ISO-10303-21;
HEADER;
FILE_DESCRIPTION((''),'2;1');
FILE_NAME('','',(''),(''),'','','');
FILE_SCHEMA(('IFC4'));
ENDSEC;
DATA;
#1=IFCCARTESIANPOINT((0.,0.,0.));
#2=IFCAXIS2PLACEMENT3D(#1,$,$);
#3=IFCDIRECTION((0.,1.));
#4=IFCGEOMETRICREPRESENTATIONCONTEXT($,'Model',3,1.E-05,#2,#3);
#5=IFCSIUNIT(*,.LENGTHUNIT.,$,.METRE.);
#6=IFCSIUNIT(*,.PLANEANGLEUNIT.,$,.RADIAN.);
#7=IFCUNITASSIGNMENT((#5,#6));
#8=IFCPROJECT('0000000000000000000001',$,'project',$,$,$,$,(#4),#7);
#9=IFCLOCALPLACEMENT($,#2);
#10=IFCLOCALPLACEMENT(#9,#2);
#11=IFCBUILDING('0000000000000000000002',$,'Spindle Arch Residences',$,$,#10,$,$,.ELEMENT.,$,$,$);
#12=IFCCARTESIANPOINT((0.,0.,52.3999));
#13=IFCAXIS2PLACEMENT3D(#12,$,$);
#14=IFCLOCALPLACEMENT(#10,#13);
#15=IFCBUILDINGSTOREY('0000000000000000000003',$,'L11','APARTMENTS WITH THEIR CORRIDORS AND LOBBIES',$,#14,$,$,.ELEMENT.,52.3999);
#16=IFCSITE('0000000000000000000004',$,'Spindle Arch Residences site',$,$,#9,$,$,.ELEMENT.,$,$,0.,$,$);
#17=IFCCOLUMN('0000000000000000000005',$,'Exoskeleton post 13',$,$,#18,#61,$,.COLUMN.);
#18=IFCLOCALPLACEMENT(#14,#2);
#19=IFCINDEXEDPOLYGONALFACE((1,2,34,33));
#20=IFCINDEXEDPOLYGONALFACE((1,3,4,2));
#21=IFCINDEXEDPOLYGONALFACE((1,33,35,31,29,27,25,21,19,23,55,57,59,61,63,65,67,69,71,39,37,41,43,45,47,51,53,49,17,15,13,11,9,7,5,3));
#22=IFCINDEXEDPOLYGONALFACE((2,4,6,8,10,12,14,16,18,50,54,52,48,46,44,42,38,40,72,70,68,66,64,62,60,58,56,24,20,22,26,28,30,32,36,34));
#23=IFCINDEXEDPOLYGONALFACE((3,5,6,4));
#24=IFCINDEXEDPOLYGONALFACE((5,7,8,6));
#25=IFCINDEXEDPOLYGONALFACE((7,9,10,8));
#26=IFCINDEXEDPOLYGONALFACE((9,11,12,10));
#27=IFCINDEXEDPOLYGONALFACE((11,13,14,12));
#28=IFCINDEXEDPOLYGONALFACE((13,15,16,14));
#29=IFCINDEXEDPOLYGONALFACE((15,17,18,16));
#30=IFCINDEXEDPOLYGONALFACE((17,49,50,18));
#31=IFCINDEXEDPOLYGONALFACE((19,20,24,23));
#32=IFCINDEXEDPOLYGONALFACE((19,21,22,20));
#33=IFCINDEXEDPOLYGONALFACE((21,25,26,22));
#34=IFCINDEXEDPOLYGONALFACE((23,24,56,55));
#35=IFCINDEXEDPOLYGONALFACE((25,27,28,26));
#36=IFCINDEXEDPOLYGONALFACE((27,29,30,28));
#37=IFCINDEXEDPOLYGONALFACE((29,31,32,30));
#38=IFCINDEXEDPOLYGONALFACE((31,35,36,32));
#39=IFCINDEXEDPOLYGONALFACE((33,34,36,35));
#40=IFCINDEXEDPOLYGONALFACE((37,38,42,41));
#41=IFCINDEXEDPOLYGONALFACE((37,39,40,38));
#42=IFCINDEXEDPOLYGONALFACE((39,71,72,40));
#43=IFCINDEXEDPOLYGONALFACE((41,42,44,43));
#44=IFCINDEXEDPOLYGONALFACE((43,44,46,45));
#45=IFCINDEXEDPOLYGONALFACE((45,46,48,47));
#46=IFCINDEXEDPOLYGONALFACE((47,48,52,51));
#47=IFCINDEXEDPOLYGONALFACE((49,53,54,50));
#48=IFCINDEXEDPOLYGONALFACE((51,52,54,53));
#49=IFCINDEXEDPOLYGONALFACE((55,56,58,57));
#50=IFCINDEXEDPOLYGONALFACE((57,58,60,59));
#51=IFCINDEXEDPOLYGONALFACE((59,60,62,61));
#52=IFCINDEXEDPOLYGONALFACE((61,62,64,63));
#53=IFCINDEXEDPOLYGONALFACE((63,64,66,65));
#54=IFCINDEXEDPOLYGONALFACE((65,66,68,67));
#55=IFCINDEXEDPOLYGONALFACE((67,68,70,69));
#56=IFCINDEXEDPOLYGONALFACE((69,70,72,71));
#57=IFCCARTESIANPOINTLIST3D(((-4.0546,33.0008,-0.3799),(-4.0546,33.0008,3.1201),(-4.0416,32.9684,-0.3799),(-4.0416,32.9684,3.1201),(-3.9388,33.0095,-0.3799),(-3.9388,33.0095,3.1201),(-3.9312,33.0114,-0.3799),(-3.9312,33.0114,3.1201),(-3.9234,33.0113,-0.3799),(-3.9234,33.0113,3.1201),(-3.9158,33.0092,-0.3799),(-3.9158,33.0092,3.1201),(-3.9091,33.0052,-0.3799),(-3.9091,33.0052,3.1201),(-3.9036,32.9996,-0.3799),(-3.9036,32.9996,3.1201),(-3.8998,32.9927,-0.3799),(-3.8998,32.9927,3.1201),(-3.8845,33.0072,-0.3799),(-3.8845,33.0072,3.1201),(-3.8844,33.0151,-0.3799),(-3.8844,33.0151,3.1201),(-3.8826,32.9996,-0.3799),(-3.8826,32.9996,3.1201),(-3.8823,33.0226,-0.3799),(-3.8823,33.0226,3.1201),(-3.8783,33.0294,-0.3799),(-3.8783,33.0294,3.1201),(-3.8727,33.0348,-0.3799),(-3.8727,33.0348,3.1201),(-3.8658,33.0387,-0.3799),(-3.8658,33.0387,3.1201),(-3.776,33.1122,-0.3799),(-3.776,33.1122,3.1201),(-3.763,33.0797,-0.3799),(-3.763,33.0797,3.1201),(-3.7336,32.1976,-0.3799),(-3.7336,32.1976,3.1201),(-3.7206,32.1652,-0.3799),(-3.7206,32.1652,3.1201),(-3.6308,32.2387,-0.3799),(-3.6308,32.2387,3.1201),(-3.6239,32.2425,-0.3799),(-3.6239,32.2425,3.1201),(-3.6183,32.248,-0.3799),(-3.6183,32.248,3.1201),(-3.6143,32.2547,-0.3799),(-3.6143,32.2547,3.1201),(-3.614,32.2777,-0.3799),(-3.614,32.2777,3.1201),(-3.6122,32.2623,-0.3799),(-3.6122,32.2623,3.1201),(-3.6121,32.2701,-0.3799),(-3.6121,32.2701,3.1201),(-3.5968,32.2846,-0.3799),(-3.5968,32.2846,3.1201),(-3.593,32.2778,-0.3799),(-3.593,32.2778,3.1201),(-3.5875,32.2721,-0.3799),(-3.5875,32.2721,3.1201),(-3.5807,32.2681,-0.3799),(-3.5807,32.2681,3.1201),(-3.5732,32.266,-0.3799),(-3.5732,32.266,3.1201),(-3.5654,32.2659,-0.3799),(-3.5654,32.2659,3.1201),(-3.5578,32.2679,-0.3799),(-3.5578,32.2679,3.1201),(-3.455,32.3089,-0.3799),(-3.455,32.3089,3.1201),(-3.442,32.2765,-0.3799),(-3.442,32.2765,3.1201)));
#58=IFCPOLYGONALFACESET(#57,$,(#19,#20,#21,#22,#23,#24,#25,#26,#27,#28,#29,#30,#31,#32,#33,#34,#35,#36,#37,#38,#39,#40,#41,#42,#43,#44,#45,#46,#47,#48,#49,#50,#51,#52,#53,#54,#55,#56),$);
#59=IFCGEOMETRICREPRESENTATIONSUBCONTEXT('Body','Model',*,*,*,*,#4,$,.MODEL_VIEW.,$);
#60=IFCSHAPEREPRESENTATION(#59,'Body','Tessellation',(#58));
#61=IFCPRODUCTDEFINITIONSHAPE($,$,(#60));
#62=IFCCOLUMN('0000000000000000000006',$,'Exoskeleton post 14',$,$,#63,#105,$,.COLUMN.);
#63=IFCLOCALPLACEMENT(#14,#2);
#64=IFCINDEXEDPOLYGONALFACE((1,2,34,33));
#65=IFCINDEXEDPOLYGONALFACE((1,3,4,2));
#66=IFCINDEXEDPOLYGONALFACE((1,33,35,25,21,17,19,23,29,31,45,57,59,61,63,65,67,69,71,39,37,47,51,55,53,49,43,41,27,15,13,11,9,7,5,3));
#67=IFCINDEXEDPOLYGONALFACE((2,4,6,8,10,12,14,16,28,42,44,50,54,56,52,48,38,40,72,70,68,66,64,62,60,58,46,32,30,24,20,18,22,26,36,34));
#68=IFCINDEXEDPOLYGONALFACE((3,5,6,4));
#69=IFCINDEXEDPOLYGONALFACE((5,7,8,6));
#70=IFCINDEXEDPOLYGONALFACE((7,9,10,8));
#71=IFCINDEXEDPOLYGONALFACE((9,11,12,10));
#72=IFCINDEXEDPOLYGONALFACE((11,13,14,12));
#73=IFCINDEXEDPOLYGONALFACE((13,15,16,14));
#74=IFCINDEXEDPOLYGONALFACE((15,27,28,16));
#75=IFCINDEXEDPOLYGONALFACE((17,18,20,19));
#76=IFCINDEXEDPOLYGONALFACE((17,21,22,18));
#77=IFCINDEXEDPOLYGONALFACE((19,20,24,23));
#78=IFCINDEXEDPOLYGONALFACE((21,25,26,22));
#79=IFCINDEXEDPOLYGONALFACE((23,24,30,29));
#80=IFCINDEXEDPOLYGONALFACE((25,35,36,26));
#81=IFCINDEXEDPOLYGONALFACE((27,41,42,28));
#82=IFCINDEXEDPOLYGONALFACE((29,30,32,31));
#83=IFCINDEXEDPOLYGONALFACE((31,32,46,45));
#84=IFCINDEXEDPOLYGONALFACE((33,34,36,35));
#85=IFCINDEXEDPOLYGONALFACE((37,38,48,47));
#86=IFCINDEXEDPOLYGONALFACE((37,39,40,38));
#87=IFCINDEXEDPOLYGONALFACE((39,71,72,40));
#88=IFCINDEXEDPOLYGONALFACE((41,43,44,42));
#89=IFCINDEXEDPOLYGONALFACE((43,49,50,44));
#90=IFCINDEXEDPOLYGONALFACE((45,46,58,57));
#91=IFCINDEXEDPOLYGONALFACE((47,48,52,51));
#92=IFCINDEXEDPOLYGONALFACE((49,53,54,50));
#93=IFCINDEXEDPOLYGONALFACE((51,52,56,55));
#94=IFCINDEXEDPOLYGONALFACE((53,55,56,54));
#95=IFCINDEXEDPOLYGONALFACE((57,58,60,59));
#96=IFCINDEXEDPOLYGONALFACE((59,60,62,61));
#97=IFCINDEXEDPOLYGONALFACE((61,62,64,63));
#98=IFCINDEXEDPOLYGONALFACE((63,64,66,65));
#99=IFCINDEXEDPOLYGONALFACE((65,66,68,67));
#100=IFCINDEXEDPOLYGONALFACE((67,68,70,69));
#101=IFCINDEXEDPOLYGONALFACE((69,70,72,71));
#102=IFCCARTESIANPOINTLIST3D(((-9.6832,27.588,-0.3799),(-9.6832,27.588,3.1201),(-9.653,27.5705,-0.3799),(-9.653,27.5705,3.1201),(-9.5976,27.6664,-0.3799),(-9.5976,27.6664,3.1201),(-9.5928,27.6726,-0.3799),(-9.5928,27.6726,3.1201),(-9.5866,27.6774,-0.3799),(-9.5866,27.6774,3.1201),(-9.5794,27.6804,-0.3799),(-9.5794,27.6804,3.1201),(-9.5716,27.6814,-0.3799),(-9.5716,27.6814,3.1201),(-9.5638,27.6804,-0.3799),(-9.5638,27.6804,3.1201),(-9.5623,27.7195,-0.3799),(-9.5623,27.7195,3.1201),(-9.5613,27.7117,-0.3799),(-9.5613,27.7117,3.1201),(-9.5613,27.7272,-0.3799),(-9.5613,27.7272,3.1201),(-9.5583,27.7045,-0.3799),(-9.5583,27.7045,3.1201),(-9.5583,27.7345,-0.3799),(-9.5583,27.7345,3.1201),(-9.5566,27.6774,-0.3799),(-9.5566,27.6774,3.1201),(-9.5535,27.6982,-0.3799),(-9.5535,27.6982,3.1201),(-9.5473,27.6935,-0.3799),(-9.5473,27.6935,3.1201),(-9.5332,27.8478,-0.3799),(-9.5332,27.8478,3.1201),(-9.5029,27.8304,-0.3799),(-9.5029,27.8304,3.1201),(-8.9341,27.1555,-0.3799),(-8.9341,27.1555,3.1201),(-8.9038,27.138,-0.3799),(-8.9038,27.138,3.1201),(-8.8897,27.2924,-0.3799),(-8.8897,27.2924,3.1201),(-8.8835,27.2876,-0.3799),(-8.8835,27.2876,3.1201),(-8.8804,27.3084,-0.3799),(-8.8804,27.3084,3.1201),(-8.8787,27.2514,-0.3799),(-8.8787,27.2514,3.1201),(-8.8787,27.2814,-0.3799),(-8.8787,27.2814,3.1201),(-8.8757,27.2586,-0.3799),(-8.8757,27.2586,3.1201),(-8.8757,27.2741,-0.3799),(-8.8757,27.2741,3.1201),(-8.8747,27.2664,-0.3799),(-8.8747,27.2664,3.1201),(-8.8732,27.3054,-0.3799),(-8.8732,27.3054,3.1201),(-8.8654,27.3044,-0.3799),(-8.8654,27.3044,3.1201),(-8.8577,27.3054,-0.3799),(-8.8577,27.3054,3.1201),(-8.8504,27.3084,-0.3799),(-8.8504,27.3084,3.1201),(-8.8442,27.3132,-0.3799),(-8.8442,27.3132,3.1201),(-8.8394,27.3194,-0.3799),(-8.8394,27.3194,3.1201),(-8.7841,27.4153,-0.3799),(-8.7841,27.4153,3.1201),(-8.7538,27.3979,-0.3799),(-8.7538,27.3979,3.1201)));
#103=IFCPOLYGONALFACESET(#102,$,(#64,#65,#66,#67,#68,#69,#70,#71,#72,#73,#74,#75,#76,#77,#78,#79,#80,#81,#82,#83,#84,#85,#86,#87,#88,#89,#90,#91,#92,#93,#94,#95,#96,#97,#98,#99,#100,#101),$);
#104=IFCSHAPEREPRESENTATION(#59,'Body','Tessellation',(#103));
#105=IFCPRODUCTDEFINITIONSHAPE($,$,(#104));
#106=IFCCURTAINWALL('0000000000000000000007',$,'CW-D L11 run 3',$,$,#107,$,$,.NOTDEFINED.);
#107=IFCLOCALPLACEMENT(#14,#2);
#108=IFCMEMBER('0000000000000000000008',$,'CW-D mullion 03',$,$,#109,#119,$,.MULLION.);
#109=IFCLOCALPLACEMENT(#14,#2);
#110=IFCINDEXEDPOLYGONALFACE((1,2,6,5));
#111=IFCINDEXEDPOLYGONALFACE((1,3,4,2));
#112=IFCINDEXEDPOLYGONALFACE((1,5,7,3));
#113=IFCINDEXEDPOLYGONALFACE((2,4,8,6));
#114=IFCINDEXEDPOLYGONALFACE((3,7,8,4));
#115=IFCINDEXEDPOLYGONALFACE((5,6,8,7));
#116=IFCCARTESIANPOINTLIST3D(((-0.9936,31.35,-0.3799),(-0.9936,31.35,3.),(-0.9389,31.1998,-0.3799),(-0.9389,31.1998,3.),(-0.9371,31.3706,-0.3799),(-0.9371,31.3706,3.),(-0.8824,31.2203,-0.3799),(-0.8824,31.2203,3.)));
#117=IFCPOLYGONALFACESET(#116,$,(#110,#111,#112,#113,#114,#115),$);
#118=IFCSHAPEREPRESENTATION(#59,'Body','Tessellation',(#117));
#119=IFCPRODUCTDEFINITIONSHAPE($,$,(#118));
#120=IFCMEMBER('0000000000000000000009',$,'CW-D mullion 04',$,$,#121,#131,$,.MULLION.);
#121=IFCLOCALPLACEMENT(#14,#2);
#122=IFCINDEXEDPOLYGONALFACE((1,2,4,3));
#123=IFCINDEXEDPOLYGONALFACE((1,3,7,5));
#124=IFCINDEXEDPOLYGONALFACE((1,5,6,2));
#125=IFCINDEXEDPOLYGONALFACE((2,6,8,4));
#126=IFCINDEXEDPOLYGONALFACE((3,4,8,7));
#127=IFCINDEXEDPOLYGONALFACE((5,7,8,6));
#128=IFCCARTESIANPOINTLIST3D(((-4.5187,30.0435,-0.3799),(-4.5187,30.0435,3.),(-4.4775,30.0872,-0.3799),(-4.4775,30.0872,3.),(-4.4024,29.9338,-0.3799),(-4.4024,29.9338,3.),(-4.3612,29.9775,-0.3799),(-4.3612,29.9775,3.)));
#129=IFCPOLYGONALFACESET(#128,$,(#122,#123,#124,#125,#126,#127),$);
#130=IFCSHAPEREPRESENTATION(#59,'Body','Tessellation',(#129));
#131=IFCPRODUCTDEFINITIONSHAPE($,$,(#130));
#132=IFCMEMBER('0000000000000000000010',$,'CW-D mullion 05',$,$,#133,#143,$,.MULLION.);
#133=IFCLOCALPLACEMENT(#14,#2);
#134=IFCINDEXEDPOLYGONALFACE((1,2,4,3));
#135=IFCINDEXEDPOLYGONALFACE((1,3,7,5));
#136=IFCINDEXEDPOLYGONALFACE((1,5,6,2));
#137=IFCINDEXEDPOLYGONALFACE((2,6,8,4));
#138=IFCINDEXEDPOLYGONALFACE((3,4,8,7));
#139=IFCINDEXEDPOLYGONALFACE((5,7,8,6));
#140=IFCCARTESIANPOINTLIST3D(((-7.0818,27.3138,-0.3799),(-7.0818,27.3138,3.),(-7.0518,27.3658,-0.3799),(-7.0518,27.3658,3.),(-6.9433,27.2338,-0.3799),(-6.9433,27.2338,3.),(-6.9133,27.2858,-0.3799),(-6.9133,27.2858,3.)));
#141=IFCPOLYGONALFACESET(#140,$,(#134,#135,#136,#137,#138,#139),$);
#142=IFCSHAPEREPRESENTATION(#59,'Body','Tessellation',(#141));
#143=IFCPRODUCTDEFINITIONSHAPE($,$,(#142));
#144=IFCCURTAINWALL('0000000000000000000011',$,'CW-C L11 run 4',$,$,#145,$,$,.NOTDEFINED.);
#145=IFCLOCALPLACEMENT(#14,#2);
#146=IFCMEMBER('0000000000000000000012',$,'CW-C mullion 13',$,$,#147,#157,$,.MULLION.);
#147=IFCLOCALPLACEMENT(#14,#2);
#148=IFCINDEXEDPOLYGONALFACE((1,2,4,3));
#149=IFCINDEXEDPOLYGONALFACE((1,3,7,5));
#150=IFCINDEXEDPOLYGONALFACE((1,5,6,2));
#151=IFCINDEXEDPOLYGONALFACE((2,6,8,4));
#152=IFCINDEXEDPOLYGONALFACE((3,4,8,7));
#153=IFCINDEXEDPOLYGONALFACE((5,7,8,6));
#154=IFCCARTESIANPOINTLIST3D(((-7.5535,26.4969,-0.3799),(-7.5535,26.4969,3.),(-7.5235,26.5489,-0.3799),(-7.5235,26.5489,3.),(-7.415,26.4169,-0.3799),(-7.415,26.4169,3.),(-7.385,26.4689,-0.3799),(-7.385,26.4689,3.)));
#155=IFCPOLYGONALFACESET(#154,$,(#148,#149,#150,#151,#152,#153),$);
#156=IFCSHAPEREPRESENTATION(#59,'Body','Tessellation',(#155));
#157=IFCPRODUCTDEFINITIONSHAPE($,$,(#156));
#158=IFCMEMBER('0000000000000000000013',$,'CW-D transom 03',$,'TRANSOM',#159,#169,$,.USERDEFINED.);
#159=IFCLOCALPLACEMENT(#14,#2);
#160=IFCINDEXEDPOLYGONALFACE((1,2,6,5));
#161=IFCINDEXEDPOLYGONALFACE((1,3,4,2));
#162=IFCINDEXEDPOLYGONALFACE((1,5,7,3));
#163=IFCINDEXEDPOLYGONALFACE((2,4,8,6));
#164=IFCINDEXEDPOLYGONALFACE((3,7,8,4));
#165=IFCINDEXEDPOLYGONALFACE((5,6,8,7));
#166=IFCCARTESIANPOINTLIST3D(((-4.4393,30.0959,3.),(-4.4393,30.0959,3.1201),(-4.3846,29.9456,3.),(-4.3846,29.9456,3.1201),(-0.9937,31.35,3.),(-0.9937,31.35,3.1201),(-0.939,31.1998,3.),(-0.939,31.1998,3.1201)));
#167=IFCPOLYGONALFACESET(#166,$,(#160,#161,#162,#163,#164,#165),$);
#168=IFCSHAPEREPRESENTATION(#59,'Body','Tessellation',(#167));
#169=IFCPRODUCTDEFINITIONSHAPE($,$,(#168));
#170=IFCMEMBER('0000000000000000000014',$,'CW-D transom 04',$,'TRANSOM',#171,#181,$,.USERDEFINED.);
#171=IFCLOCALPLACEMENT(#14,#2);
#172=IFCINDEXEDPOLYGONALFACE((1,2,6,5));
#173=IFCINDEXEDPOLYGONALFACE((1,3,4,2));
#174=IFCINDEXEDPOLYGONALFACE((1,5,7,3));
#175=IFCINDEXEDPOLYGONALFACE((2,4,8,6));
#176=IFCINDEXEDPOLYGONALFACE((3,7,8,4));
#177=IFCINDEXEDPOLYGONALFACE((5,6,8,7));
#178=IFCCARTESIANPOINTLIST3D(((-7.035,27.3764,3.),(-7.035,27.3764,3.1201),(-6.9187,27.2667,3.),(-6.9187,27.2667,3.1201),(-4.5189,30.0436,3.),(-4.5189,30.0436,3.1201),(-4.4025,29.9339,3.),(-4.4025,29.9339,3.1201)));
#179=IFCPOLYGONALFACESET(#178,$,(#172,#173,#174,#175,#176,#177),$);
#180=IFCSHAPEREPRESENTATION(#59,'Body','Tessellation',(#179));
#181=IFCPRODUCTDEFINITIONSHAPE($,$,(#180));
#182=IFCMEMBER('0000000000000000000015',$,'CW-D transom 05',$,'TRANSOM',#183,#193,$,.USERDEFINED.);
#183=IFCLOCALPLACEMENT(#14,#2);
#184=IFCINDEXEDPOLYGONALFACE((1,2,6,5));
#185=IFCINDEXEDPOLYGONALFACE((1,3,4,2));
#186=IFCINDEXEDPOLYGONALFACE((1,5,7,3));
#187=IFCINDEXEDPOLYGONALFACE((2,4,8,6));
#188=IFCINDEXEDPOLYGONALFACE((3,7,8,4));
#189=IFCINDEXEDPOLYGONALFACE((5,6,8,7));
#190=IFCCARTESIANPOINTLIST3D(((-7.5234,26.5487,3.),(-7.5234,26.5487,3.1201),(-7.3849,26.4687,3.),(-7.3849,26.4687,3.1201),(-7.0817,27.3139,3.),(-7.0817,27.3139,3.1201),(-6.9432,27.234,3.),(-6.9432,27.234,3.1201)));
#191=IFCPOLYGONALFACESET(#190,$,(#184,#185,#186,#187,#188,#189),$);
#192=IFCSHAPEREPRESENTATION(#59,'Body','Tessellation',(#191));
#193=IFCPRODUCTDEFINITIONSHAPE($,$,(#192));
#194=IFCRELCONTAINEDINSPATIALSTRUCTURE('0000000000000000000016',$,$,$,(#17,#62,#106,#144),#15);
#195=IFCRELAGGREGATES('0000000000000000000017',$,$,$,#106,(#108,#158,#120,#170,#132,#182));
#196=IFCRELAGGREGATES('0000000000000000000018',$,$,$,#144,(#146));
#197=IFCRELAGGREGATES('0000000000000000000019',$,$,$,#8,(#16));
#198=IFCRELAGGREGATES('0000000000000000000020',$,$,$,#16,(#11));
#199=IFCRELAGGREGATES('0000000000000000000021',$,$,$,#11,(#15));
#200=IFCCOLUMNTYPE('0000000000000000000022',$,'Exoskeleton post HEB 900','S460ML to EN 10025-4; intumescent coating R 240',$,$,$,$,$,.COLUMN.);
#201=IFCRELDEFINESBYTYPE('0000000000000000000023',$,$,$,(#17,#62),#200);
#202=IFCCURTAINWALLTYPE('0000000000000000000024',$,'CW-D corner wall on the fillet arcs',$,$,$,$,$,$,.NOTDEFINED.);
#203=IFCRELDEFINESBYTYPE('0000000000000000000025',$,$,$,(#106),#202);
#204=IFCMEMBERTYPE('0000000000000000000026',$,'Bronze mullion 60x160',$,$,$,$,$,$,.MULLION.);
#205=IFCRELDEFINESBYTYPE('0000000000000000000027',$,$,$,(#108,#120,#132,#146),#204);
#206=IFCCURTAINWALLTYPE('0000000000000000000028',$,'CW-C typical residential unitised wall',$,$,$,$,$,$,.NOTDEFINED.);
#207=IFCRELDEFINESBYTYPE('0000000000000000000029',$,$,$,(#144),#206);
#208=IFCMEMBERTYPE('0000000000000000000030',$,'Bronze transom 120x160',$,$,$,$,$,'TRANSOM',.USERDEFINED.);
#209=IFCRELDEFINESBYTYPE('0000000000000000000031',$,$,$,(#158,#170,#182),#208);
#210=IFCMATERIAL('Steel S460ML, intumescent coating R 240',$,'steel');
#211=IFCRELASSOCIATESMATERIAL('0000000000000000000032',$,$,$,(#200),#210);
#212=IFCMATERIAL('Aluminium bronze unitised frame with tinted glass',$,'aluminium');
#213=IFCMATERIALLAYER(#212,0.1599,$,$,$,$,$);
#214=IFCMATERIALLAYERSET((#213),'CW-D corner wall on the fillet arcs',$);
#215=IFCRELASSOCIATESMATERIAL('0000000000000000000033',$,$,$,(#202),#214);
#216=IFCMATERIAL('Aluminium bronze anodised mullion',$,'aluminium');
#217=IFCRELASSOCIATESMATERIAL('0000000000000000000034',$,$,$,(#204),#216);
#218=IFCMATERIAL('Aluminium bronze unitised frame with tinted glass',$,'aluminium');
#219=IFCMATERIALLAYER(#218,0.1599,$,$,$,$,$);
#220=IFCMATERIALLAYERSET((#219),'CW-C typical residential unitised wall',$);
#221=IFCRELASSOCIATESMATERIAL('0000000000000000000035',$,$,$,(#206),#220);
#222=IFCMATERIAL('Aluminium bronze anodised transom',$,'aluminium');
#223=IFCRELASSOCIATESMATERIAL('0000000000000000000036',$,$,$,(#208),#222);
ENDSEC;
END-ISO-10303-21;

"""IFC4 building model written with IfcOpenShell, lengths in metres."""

from ifc_helpers import new_model, si_unit, direction, frame, origin, origin_2d, place, context, subcontext, project, spatial, rectangle, i_section, extrude, material, layer, layer_set, material_profile, profile_set, type_object, element, aggregate, save


model = new_model("IFC4")

# Units and contexts
model_context = context("Model", 3, precision=1e-05, world=origin(), true_north=direction((0.0, 1.0)))
body_context = subcontext(model_context, "Body", "Model", "MODEL_VIEW")
ifc_project = project(units=[si_unit("LENGTHUNIT", "METRE"), si_unit("PLANEANGLEUNIT", "RADIAN")], contexts=[model_context])

# Site, building, storey
site_placement = place(None, origin())
site = spatial("IfcSite", under=ifc_project, at=site_placement, Name="Spindle Arch Residences site", CompositionType="ELEMENT", RefElevation=0.0)
building_placement = place(site_placement, origin())
building = spatial("IfcBuilding", under=site, at=building_placement, Name="Spindle Arch Residences", CompositionType="ELEMENT")
storey_placement = place(building_placement, frame((0.0, 0.0, 52.3999)))
storey = spatial("IfcBuildingStorey", under=building, at=storey_placement, Name="L11", Description="APARTMENTS WITH THEIR CORRIDORS AND LOBBIES", CompositionType="ELEMENT", Elevation=52.3999)

# Columns
ifc_material_1 = material(Name="Steel S460ML, intumescent coating R 240", Category="steel")
ifc_material_profile_1 = material_profile(ifc_material_1, i_section(OverallWidth=0.3, OverallDepth=0.8999, WebThickness=0.0186, FlangeThickness=0.0349, FilletRadius=0.03, at=origin_2d()), Name="HEB 900")
ifc_profile_set_1 = profile_set([ifc_material_profile_1], Name="Steel S460ML, intumescent coating R 240")
column_type = type_object("IfcColumnType", Name="Exoskeleton post HEB 900", Description="S460ML to EN 10025-4; intumescent coating R 240", PredefinedType="COLUMN", material=ifc_profile_set_1)
for number, where, z_axis, x_axis, name in (
    (1, (-3.7483, 32.6387, -0.3799), (0.0, 0.0, 1.0), (0.92859, 0.371108, 0.0), "Exoskeleton post 13"),
    (2, (-9.2185, 27.4929, -0.3799), (0.0, 0.0, 1.0), (0.5, 0.866025, 0.0), "Exoskeleton post 14"),
):
    element("IfcColumn", number, at=place(storey_placement, frame(where, z_axis=z_axis, x_axis=x_axis)), inside=storey, type_object=column_type, Name=name, PredefinedType="COLUMN", context=body_context, shape_type="SweptSolid", body=[
        extrude(i_section(OverallWidth=0.3, OverallDepth=0.8999, WebThickness=0.0186, FlangeThickness=0.0349, FilletRadius=0.03, at=origin_2d()), origin(), (0.0, 0.0, 1.0), 3.5),
    ])

# Curtain wall, members
ifc_material_2 = material(Name="Aluminium bronze unitised frame with tinted glass", Category="aluminium")
ifc_layer_1 = layer(ifc_material_2, 0.1599)
ifc_layer_set_1 = layer_set([ifc_layer_1], Name="CW-D corner wall on the fillet arcs")
curtain_wall_type_1 = type_object("IfcCurtainWallType", Name="CW-D corner wall on the fillet arcs", PredefinedType="NOTDEFINED", material=ifc_layer_set_1)
curtain_wall_1_placement = place(storey_placement, origin())
curtain_wall_1 = element("IfcCurtainWall", 3, at=curtain_wall_1_placement, inside=storey, type_object=curtain_wall_type_1, Name="CW-D L11 run 3", PredefinedType="NOTDEFINED")
ifc_material_3 = material(Name="Aluminium bronze anodised mullion", Category="aluminium")
ifc_material_profile_2 = material_profile(ifc_material_3, rectangle(XDim=0.1599, YDim=0.0601, at=origin_2d()), Name="MU 60x160")
ifc_profile_set_2 = profile_set([ifc_material_profile_2], Name="Aluminium bronze anodised mullion")
member_type_1 = type_object("IfcMemberType", Name="Bronze mullion 60x160", PredefinedType="MULLION", material=ifc_profile_set_2)
member_1_placement = place(storey_placement, frame((-0.938, 31.2852, -0.3799), z_axis=(0.0, 0.0, 1.0), x_axis=(0.34202, -0.939693, 0.0)))
member_1 = element("IfcMember", 4, at=member_1_placement, type_object=member_type_1, Name="CW-D mullion 03", PredefinedType="MULLION", context=body_context, shape_type="SweptSolid", body=[
    extrude(rectangle(XDim=0.1599, YDim=0.0601, at=origin_2d()), origin(), (0.0, 0.0, 1.0), 3.3799),
])
member_2_placement = place(storey_placement, frame((-4.4399, 30.0105, -0.3799), z_axis=(0.0, 0.0, 1.0), x_axis=(0.727374, -0.686242, 0.0)))
member_2 = element("IfcMember", 5, at=member_2_placement, type_object=member_type_1, Name="CW-D mullion 04", PredefinedType="MULLION", context=body_context, shape_type="SweptSolid", body=[
    extrude(rectangle(XDim=0.1599, YDim=0.0601, at=origin_2d()), origin(), (0.0, 0.0, 1.0), 3.3799),
])
member_3_placement = place(storey_placement, frame((-6.9976, 27.2998, -0.3799), z_axis=(0.0, 0.0, 1.0), x_axis=(0.866025, -0.5, 0.0)))
member_3 = element("IfcMember", 6, at=member_3_placement, type_object=member_type_1, Name="CW-D mullion 05", PredefinedType="MULLION", context=body_context, shape_type="SweptSolid", body=[
    extrude(rectangle(XDim=0.1599, YDim=0.0601, at=origin_2d()), origin(), (0.0, 0.0, 1.0), 3.3799),
])

# Curtain wall, member
ifc_material_4 = material(Name="Aluminium bronze unitised frame with tinted glass", Category="aluminium")
ifc_layer_2 = layer(ifc_material_4, 0.1599)
ifc_layer_set_2 = layer_set([ifc_layer_2], Name="CW-C typical residential unitised wall")
curtain_wall_type_2 = type_object("IfcCurtainWallType", Name="CW-C typical residential unitised wall", PredefinedType="NOTDEFINED", material=ifc_layer_set_2)
curtain_wall_2_placement = place(storey_placement, origin())
curtain_wall_2 = element("IfcCurtainWall", 7, at=curtain_wall_2_placement, inside=storey, type_object=curtain_wall_type_2, Name="CW-C L11 run 4", PredefinedType="NOTDEFINED")
member_4_placement = place(storey_placement, frame((-7.4692, 26.4829, -0.3799), z_axis=(0.0, 0.0, 1.0), x_axis=(0.866025, -0.5, 0.0)))
member_4 = element("IfcMember", 8, at=member_4_placement, type_object=member_type_1, Name="CW-C mullion 13", PredefinedType="MULLION", context=body_context, shape_type="SweptSolid", body=[
    extrude(rectangle(XDim=0.1599, YDim=0.0601, at=origin_2d()), origin(), (0.0, 0.0, 1.0), 3.3799),
])

# Members
ifc_material_5 = material(Name="Aluminium bronze anodised transom", Category="aluminium")
ifc_material_profile_3 = material_profile(ifc_material_5, rectangle(XDim=0.1599, YDim=0.1201, at=origin_2d()), Name="TR 120x160")
ifc_profile_set_3 = profile_set([ifc_material_profile_3], Name="Aluminium bronze anodised transom")
member_type_2 = type_object("IfcMemberType", Name="Bronze transom 120x160", ElementType="TRANSOM", PredefinedType="USERDEFINED", material=ifc_profile_set_3)
member_5_placement = place(storey_placement, frame((-0.9663, 31.2749, 3.0601), z_axis=(-0.939686, -0.342037, 0.0), x_axis=(0.342037, -0.939686, 0.0)))
member_5 = element("IfcMember", 9, at=member_5_placement, type_object=member_type_2, Name="CW-D transom 03", ObjectType="TRANSOM", PredefinedType="USERDEFINED", context=body_context, shape_type="SweptSolid", body=[
    extrude(rectangle(XDim=0.1599, YDim=0.1201, at=origin_2d()), origin(), (0.0, 0.0, 1.0), 3.6667),
])
member_6_placement = place(storey_placement, frame((-4.4607, 29.9888, 3.0601), z_axis=(-0.686199, -0.727414, 0.0), x_axis=(0.727414, -0.686199, 0.0)))
member_6 = element("IfcMember", 10, at=member_6_placement, type_object=member_type_2, Name="CW-D transom 04", ObjectType="TRANSOM", PredefinedType="USERDEFINED", context=body_context, shape_type="SweptSolid", body=[
    extrude(rectangle(XDim=0.1599, YDim=0.1201, at=origin_2d()), origin(), (0.0, 0.0, 1.0), 3.6667),
])
member_7_placement = place(storey_placement, frame((-7.0125, 27.2739, 3.0601), z_axis=(-0.499914, -0.866075, 0.0), x_axis=(0.866075, -0.499914, 0.0)))
member_7 = element("IfcMember", 11, at=member_7_placement, type_object=member_type_2, Name="CW-D transom 05", ObjectType="TRANSOM", PredefinedType="USERDEFINED", context=body_context, shape_type="SweptSolid", body=[
    extrude(rectangle(XDim=0.1599, YDim=0.1201, at=origin_2d()), origin(), (0.0, 0.0, 1.0), 0.8835),
])

aggregate(curtain_wall_1, [member_1, member_5, member_2, member_6, member_3, member_7])
aggregate(curtain_wall_2, [member_4])

save(model, "model.ifc")
